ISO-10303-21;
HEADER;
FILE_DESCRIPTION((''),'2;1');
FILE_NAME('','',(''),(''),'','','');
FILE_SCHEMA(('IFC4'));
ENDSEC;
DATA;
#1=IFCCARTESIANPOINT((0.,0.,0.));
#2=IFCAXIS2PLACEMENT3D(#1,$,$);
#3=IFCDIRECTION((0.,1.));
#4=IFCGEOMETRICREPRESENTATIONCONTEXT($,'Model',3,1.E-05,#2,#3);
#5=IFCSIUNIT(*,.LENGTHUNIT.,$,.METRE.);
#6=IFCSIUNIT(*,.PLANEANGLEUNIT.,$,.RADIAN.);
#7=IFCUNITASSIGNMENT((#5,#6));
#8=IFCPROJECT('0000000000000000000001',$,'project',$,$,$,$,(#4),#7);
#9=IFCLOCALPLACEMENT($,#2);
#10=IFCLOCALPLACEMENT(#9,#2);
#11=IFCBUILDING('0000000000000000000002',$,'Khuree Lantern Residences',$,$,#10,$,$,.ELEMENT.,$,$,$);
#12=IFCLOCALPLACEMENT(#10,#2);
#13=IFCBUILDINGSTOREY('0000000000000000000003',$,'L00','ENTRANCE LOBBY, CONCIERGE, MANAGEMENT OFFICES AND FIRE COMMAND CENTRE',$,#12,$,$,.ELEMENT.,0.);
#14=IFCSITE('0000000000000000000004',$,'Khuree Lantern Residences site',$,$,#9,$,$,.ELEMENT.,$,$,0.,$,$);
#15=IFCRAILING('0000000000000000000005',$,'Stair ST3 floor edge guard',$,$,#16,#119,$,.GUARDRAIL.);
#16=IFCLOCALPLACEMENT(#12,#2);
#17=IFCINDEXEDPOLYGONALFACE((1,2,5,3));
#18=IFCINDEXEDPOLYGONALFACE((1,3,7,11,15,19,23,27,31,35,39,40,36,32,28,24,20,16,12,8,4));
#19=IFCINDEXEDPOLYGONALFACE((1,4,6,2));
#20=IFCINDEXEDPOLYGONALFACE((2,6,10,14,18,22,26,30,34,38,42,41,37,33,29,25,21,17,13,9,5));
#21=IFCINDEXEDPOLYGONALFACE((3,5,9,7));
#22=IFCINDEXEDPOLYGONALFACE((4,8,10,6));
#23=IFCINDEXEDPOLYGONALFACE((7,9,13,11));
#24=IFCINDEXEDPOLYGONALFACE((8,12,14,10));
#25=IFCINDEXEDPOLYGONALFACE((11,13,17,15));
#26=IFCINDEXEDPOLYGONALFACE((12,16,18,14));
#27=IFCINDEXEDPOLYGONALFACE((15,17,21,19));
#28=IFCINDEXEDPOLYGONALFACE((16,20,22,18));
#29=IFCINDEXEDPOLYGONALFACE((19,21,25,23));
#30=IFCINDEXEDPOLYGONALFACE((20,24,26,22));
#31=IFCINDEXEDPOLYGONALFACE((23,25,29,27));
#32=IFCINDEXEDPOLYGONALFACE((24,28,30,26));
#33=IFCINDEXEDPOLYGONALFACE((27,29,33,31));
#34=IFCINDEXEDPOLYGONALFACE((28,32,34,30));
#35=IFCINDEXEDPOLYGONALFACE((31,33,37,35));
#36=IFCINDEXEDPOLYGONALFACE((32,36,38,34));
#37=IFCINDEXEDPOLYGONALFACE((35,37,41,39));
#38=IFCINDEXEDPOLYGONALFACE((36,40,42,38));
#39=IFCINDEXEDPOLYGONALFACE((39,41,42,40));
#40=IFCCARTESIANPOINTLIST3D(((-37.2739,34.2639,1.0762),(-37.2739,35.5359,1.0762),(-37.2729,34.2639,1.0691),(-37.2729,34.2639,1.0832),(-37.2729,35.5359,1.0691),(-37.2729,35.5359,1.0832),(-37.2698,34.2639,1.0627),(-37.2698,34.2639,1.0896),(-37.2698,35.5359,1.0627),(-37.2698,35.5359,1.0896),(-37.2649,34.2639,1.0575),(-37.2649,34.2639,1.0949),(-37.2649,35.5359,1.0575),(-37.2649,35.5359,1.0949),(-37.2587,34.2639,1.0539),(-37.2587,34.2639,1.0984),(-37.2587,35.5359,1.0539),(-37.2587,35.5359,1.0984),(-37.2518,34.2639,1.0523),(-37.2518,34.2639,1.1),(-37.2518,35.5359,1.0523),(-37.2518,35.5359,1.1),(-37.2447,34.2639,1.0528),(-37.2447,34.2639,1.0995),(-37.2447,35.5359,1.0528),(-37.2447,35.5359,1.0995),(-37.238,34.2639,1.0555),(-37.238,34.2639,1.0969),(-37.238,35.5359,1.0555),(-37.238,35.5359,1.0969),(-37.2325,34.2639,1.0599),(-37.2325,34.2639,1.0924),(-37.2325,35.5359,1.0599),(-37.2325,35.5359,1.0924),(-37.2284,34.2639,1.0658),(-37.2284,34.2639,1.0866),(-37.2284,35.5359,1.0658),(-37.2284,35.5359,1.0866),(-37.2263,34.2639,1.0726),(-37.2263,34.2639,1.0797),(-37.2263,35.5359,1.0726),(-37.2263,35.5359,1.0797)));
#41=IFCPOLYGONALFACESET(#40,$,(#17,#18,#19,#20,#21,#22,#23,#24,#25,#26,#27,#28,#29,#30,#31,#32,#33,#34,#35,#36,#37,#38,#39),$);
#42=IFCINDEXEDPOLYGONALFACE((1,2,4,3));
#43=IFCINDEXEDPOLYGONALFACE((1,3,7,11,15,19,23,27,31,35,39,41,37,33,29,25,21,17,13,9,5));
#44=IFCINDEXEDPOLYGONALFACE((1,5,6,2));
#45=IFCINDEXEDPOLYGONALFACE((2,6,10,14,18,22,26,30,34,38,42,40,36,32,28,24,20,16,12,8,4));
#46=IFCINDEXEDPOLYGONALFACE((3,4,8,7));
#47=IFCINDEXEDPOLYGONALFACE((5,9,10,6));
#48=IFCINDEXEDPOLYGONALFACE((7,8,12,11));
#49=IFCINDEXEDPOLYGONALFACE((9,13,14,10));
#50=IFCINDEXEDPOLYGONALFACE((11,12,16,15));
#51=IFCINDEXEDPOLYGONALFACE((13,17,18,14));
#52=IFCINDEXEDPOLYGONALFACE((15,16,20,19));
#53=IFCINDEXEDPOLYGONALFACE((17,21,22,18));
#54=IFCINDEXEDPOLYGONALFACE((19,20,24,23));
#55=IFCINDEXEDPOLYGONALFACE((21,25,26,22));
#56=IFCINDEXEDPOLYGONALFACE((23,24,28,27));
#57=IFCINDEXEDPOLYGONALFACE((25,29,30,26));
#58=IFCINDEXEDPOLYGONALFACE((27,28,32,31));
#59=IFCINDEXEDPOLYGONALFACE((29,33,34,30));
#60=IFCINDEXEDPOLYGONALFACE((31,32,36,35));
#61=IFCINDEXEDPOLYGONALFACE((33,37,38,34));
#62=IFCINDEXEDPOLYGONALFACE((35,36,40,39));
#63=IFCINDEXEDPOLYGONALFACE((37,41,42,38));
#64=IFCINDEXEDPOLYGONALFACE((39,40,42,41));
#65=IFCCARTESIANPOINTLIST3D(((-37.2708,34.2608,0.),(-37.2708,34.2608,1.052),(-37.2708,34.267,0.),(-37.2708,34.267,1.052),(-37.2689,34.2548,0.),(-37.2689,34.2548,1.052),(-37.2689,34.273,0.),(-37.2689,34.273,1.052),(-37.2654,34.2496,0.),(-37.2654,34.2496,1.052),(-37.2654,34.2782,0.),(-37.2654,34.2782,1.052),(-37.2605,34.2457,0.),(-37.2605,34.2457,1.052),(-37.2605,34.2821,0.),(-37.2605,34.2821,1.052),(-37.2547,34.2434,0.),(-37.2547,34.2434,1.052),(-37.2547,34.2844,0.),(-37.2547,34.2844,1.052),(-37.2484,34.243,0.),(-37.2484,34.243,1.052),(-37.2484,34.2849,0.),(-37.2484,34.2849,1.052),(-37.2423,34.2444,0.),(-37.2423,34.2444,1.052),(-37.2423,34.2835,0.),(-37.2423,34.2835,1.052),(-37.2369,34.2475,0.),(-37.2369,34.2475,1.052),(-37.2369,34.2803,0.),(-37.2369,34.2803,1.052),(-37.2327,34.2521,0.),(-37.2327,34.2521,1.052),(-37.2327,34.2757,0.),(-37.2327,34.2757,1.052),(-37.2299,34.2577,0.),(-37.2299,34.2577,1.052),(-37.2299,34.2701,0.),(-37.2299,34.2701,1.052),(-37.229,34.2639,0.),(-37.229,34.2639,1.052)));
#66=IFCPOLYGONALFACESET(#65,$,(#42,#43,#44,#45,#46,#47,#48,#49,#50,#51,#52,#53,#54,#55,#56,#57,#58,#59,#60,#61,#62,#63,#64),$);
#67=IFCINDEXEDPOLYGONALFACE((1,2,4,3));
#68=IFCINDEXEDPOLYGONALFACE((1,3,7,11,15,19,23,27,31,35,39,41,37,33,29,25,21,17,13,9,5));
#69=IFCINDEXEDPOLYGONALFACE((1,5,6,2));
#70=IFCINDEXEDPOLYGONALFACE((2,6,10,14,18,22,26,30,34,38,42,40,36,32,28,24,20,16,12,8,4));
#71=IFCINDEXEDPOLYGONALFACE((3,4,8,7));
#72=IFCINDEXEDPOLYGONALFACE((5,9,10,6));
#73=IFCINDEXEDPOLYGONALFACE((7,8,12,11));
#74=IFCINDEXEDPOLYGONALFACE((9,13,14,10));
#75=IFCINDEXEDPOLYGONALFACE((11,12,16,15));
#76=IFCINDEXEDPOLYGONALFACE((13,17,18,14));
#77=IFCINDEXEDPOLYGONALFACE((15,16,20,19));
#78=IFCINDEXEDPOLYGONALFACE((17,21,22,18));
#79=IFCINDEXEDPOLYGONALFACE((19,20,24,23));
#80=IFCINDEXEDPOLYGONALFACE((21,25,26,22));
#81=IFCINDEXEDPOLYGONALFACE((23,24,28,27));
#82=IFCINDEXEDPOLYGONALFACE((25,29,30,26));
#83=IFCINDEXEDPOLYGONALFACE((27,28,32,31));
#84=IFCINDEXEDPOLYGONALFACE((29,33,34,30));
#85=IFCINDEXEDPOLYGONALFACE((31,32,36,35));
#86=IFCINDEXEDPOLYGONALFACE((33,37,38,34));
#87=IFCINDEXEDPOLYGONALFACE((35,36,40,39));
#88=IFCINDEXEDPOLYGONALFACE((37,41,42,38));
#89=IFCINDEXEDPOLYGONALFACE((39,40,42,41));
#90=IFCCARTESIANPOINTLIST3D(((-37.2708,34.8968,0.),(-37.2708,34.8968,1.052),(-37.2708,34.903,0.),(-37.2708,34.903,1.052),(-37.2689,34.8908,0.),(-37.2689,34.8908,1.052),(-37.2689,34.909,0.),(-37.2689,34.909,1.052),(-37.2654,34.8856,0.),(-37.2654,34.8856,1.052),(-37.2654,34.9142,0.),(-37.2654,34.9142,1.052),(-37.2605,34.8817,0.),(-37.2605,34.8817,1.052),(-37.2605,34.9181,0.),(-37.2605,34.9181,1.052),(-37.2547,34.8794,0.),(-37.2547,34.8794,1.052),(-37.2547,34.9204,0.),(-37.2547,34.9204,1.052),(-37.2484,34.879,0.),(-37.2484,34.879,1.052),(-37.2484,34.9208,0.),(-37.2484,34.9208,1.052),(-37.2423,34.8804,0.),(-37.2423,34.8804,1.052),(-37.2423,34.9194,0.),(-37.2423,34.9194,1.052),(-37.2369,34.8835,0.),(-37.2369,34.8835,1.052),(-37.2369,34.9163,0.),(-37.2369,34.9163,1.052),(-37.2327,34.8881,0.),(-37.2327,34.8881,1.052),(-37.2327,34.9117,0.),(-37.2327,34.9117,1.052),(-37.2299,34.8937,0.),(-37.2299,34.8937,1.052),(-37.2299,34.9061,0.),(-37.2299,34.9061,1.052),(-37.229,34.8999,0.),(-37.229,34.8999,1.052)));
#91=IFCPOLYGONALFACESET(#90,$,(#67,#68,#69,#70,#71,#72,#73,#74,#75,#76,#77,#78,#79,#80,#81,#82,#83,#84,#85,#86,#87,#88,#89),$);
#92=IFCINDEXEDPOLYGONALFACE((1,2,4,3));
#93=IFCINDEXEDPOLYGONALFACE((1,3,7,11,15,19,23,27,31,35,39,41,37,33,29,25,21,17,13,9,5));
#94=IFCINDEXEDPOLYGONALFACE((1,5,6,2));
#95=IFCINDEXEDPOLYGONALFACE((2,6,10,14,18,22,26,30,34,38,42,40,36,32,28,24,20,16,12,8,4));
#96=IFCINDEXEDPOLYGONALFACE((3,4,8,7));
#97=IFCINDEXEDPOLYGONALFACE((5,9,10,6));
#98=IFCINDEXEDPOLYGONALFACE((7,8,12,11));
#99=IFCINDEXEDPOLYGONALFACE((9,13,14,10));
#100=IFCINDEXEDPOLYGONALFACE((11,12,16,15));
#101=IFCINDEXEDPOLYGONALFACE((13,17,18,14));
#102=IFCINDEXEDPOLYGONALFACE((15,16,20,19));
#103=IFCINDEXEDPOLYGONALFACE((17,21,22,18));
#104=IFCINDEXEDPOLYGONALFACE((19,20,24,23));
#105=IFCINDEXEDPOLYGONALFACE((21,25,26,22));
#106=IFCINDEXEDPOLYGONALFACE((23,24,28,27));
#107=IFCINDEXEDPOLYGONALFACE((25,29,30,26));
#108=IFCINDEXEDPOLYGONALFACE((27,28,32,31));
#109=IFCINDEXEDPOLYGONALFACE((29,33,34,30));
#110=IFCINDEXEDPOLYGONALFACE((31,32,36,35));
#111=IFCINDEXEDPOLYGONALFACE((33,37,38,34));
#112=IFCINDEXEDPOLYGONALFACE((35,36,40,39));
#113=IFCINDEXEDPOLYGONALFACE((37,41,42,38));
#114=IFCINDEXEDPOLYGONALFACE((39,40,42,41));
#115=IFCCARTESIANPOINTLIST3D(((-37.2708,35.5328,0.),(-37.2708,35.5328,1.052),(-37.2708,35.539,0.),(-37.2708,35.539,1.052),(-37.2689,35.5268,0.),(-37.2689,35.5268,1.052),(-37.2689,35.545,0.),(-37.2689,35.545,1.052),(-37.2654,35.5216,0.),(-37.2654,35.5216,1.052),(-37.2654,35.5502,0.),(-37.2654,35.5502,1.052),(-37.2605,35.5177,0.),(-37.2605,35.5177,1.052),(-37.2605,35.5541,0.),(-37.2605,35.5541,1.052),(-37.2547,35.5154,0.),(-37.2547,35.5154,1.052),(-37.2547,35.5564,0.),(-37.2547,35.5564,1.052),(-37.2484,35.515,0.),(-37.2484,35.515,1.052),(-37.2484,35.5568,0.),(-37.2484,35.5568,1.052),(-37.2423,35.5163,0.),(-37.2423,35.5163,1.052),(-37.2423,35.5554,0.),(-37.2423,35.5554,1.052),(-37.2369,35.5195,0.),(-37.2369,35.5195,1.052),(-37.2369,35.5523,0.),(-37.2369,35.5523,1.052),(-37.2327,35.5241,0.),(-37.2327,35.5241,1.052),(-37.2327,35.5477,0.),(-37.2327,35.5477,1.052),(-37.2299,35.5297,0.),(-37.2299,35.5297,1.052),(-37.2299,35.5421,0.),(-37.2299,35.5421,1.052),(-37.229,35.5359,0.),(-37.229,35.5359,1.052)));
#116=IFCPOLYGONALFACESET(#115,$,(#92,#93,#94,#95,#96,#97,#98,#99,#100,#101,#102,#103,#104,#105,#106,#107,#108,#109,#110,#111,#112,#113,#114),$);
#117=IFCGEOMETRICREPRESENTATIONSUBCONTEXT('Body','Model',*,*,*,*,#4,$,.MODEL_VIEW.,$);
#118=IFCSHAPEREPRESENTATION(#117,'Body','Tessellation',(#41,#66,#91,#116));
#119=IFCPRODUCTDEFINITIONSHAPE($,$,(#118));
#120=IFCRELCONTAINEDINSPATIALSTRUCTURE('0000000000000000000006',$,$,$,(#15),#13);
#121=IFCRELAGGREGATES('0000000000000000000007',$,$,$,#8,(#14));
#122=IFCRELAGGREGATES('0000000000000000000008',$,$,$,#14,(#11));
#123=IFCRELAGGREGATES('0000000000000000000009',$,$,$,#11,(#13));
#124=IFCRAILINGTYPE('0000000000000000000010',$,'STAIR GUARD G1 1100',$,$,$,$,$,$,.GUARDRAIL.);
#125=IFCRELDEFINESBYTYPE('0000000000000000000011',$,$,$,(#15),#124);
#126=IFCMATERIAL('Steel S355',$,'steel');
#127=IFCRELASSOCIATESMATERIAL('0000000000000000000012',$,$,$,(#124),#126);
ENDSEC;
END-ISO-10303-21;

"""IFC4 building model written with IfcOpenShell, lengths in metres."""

from ifc_helpers import new_model, si_unit, direction, frame, origin, origin_2d, place, context, subcontext, project, spatial, circle, extrude, material, type_object, element, save


model = new_model("IFC4")

# Units and contexts
model_context = context("Model", 3, precision=1e-05, world=origin(), true_north=direction((0.0, 1.0)))
body_context = subcontext(model_context, "Body", "Model", "MODEL_VIEW")
ifc_project = project(units=[si_unit("LENGTHUNIT", "METRE"), si_unit("PLANEANGLEUNIT", "RADIAN")], contexts=[model_context])

# Site, building, storey
site_placement = place(None, origin())
site = spatial("IfcSite", under=ifc_project, at=site_placement, Name="Khuree Lantern Residences site", CompositionType="ELEMENT", RefElevation=0.0)
building_placement = place(site_placement, origin())
building = spatial("IfcBuilding", under=site, at=building_placement, Name="Khuree Lantern Residences", CompositionType="ELEMENT")
storey_placement = place(building_placement, origin())
storey = spatial("IfcBuildingStorey", under=building, at=storey_placement, Name="L00", Description="ENTRANCE LOBBY, CONCIERGE, MANAGEMENT OFFICES AND FIRE COMMAND CENTRE", CompositionType="ELEMENT", Elevation=0.0)

# Railing
ifc_material_1 = material(Name="Steel S355", Category="steel")
railing_type_1 = type_object("IfcRailingType", Name="STAIR GUARD G1 1100", PredefinedType="GUARDRAIL", material=ifc_material_1)
railing_1_placement = place(storey_placement, frame((-37.25, 34.2639, 0.0)))
element("IfcRailing", 1, at=railing_1_placement, inside=storey, type_object=railing_type_1, Name="Stair ST3 floor edge guard", PredefinedType="GUARDRAIL", context=body_context, shape_type="SweptSolid", body=[
    extrude(circle(Radius=0.0239, at=origin_2d()), frame((0.0, 0.0, 1.0762), z_axis=(0.0, 1.0, 0.0), x_axis=(-1.0, 0.0, 0.0)), (0.0, 0.0, 1.0), 1.272),
    extrude(circle(Radius=0.021, at=origin_2d()), origin(), (0.0, 0.0, 1.0), 1.052),
    extrude(circle(Radius=0.021, at=origin_2d()), frame((0.0, 0.636, 0.0)), (0.0, 0.0, 1.0), 1.052),
    extrude(circle(Radius=0.021, at=origin_2d()), frame((0.0, 1.272, 0.0)), (0.0, 0.0, 1.0), 1.052),
])

save(model, "model.ifc")
